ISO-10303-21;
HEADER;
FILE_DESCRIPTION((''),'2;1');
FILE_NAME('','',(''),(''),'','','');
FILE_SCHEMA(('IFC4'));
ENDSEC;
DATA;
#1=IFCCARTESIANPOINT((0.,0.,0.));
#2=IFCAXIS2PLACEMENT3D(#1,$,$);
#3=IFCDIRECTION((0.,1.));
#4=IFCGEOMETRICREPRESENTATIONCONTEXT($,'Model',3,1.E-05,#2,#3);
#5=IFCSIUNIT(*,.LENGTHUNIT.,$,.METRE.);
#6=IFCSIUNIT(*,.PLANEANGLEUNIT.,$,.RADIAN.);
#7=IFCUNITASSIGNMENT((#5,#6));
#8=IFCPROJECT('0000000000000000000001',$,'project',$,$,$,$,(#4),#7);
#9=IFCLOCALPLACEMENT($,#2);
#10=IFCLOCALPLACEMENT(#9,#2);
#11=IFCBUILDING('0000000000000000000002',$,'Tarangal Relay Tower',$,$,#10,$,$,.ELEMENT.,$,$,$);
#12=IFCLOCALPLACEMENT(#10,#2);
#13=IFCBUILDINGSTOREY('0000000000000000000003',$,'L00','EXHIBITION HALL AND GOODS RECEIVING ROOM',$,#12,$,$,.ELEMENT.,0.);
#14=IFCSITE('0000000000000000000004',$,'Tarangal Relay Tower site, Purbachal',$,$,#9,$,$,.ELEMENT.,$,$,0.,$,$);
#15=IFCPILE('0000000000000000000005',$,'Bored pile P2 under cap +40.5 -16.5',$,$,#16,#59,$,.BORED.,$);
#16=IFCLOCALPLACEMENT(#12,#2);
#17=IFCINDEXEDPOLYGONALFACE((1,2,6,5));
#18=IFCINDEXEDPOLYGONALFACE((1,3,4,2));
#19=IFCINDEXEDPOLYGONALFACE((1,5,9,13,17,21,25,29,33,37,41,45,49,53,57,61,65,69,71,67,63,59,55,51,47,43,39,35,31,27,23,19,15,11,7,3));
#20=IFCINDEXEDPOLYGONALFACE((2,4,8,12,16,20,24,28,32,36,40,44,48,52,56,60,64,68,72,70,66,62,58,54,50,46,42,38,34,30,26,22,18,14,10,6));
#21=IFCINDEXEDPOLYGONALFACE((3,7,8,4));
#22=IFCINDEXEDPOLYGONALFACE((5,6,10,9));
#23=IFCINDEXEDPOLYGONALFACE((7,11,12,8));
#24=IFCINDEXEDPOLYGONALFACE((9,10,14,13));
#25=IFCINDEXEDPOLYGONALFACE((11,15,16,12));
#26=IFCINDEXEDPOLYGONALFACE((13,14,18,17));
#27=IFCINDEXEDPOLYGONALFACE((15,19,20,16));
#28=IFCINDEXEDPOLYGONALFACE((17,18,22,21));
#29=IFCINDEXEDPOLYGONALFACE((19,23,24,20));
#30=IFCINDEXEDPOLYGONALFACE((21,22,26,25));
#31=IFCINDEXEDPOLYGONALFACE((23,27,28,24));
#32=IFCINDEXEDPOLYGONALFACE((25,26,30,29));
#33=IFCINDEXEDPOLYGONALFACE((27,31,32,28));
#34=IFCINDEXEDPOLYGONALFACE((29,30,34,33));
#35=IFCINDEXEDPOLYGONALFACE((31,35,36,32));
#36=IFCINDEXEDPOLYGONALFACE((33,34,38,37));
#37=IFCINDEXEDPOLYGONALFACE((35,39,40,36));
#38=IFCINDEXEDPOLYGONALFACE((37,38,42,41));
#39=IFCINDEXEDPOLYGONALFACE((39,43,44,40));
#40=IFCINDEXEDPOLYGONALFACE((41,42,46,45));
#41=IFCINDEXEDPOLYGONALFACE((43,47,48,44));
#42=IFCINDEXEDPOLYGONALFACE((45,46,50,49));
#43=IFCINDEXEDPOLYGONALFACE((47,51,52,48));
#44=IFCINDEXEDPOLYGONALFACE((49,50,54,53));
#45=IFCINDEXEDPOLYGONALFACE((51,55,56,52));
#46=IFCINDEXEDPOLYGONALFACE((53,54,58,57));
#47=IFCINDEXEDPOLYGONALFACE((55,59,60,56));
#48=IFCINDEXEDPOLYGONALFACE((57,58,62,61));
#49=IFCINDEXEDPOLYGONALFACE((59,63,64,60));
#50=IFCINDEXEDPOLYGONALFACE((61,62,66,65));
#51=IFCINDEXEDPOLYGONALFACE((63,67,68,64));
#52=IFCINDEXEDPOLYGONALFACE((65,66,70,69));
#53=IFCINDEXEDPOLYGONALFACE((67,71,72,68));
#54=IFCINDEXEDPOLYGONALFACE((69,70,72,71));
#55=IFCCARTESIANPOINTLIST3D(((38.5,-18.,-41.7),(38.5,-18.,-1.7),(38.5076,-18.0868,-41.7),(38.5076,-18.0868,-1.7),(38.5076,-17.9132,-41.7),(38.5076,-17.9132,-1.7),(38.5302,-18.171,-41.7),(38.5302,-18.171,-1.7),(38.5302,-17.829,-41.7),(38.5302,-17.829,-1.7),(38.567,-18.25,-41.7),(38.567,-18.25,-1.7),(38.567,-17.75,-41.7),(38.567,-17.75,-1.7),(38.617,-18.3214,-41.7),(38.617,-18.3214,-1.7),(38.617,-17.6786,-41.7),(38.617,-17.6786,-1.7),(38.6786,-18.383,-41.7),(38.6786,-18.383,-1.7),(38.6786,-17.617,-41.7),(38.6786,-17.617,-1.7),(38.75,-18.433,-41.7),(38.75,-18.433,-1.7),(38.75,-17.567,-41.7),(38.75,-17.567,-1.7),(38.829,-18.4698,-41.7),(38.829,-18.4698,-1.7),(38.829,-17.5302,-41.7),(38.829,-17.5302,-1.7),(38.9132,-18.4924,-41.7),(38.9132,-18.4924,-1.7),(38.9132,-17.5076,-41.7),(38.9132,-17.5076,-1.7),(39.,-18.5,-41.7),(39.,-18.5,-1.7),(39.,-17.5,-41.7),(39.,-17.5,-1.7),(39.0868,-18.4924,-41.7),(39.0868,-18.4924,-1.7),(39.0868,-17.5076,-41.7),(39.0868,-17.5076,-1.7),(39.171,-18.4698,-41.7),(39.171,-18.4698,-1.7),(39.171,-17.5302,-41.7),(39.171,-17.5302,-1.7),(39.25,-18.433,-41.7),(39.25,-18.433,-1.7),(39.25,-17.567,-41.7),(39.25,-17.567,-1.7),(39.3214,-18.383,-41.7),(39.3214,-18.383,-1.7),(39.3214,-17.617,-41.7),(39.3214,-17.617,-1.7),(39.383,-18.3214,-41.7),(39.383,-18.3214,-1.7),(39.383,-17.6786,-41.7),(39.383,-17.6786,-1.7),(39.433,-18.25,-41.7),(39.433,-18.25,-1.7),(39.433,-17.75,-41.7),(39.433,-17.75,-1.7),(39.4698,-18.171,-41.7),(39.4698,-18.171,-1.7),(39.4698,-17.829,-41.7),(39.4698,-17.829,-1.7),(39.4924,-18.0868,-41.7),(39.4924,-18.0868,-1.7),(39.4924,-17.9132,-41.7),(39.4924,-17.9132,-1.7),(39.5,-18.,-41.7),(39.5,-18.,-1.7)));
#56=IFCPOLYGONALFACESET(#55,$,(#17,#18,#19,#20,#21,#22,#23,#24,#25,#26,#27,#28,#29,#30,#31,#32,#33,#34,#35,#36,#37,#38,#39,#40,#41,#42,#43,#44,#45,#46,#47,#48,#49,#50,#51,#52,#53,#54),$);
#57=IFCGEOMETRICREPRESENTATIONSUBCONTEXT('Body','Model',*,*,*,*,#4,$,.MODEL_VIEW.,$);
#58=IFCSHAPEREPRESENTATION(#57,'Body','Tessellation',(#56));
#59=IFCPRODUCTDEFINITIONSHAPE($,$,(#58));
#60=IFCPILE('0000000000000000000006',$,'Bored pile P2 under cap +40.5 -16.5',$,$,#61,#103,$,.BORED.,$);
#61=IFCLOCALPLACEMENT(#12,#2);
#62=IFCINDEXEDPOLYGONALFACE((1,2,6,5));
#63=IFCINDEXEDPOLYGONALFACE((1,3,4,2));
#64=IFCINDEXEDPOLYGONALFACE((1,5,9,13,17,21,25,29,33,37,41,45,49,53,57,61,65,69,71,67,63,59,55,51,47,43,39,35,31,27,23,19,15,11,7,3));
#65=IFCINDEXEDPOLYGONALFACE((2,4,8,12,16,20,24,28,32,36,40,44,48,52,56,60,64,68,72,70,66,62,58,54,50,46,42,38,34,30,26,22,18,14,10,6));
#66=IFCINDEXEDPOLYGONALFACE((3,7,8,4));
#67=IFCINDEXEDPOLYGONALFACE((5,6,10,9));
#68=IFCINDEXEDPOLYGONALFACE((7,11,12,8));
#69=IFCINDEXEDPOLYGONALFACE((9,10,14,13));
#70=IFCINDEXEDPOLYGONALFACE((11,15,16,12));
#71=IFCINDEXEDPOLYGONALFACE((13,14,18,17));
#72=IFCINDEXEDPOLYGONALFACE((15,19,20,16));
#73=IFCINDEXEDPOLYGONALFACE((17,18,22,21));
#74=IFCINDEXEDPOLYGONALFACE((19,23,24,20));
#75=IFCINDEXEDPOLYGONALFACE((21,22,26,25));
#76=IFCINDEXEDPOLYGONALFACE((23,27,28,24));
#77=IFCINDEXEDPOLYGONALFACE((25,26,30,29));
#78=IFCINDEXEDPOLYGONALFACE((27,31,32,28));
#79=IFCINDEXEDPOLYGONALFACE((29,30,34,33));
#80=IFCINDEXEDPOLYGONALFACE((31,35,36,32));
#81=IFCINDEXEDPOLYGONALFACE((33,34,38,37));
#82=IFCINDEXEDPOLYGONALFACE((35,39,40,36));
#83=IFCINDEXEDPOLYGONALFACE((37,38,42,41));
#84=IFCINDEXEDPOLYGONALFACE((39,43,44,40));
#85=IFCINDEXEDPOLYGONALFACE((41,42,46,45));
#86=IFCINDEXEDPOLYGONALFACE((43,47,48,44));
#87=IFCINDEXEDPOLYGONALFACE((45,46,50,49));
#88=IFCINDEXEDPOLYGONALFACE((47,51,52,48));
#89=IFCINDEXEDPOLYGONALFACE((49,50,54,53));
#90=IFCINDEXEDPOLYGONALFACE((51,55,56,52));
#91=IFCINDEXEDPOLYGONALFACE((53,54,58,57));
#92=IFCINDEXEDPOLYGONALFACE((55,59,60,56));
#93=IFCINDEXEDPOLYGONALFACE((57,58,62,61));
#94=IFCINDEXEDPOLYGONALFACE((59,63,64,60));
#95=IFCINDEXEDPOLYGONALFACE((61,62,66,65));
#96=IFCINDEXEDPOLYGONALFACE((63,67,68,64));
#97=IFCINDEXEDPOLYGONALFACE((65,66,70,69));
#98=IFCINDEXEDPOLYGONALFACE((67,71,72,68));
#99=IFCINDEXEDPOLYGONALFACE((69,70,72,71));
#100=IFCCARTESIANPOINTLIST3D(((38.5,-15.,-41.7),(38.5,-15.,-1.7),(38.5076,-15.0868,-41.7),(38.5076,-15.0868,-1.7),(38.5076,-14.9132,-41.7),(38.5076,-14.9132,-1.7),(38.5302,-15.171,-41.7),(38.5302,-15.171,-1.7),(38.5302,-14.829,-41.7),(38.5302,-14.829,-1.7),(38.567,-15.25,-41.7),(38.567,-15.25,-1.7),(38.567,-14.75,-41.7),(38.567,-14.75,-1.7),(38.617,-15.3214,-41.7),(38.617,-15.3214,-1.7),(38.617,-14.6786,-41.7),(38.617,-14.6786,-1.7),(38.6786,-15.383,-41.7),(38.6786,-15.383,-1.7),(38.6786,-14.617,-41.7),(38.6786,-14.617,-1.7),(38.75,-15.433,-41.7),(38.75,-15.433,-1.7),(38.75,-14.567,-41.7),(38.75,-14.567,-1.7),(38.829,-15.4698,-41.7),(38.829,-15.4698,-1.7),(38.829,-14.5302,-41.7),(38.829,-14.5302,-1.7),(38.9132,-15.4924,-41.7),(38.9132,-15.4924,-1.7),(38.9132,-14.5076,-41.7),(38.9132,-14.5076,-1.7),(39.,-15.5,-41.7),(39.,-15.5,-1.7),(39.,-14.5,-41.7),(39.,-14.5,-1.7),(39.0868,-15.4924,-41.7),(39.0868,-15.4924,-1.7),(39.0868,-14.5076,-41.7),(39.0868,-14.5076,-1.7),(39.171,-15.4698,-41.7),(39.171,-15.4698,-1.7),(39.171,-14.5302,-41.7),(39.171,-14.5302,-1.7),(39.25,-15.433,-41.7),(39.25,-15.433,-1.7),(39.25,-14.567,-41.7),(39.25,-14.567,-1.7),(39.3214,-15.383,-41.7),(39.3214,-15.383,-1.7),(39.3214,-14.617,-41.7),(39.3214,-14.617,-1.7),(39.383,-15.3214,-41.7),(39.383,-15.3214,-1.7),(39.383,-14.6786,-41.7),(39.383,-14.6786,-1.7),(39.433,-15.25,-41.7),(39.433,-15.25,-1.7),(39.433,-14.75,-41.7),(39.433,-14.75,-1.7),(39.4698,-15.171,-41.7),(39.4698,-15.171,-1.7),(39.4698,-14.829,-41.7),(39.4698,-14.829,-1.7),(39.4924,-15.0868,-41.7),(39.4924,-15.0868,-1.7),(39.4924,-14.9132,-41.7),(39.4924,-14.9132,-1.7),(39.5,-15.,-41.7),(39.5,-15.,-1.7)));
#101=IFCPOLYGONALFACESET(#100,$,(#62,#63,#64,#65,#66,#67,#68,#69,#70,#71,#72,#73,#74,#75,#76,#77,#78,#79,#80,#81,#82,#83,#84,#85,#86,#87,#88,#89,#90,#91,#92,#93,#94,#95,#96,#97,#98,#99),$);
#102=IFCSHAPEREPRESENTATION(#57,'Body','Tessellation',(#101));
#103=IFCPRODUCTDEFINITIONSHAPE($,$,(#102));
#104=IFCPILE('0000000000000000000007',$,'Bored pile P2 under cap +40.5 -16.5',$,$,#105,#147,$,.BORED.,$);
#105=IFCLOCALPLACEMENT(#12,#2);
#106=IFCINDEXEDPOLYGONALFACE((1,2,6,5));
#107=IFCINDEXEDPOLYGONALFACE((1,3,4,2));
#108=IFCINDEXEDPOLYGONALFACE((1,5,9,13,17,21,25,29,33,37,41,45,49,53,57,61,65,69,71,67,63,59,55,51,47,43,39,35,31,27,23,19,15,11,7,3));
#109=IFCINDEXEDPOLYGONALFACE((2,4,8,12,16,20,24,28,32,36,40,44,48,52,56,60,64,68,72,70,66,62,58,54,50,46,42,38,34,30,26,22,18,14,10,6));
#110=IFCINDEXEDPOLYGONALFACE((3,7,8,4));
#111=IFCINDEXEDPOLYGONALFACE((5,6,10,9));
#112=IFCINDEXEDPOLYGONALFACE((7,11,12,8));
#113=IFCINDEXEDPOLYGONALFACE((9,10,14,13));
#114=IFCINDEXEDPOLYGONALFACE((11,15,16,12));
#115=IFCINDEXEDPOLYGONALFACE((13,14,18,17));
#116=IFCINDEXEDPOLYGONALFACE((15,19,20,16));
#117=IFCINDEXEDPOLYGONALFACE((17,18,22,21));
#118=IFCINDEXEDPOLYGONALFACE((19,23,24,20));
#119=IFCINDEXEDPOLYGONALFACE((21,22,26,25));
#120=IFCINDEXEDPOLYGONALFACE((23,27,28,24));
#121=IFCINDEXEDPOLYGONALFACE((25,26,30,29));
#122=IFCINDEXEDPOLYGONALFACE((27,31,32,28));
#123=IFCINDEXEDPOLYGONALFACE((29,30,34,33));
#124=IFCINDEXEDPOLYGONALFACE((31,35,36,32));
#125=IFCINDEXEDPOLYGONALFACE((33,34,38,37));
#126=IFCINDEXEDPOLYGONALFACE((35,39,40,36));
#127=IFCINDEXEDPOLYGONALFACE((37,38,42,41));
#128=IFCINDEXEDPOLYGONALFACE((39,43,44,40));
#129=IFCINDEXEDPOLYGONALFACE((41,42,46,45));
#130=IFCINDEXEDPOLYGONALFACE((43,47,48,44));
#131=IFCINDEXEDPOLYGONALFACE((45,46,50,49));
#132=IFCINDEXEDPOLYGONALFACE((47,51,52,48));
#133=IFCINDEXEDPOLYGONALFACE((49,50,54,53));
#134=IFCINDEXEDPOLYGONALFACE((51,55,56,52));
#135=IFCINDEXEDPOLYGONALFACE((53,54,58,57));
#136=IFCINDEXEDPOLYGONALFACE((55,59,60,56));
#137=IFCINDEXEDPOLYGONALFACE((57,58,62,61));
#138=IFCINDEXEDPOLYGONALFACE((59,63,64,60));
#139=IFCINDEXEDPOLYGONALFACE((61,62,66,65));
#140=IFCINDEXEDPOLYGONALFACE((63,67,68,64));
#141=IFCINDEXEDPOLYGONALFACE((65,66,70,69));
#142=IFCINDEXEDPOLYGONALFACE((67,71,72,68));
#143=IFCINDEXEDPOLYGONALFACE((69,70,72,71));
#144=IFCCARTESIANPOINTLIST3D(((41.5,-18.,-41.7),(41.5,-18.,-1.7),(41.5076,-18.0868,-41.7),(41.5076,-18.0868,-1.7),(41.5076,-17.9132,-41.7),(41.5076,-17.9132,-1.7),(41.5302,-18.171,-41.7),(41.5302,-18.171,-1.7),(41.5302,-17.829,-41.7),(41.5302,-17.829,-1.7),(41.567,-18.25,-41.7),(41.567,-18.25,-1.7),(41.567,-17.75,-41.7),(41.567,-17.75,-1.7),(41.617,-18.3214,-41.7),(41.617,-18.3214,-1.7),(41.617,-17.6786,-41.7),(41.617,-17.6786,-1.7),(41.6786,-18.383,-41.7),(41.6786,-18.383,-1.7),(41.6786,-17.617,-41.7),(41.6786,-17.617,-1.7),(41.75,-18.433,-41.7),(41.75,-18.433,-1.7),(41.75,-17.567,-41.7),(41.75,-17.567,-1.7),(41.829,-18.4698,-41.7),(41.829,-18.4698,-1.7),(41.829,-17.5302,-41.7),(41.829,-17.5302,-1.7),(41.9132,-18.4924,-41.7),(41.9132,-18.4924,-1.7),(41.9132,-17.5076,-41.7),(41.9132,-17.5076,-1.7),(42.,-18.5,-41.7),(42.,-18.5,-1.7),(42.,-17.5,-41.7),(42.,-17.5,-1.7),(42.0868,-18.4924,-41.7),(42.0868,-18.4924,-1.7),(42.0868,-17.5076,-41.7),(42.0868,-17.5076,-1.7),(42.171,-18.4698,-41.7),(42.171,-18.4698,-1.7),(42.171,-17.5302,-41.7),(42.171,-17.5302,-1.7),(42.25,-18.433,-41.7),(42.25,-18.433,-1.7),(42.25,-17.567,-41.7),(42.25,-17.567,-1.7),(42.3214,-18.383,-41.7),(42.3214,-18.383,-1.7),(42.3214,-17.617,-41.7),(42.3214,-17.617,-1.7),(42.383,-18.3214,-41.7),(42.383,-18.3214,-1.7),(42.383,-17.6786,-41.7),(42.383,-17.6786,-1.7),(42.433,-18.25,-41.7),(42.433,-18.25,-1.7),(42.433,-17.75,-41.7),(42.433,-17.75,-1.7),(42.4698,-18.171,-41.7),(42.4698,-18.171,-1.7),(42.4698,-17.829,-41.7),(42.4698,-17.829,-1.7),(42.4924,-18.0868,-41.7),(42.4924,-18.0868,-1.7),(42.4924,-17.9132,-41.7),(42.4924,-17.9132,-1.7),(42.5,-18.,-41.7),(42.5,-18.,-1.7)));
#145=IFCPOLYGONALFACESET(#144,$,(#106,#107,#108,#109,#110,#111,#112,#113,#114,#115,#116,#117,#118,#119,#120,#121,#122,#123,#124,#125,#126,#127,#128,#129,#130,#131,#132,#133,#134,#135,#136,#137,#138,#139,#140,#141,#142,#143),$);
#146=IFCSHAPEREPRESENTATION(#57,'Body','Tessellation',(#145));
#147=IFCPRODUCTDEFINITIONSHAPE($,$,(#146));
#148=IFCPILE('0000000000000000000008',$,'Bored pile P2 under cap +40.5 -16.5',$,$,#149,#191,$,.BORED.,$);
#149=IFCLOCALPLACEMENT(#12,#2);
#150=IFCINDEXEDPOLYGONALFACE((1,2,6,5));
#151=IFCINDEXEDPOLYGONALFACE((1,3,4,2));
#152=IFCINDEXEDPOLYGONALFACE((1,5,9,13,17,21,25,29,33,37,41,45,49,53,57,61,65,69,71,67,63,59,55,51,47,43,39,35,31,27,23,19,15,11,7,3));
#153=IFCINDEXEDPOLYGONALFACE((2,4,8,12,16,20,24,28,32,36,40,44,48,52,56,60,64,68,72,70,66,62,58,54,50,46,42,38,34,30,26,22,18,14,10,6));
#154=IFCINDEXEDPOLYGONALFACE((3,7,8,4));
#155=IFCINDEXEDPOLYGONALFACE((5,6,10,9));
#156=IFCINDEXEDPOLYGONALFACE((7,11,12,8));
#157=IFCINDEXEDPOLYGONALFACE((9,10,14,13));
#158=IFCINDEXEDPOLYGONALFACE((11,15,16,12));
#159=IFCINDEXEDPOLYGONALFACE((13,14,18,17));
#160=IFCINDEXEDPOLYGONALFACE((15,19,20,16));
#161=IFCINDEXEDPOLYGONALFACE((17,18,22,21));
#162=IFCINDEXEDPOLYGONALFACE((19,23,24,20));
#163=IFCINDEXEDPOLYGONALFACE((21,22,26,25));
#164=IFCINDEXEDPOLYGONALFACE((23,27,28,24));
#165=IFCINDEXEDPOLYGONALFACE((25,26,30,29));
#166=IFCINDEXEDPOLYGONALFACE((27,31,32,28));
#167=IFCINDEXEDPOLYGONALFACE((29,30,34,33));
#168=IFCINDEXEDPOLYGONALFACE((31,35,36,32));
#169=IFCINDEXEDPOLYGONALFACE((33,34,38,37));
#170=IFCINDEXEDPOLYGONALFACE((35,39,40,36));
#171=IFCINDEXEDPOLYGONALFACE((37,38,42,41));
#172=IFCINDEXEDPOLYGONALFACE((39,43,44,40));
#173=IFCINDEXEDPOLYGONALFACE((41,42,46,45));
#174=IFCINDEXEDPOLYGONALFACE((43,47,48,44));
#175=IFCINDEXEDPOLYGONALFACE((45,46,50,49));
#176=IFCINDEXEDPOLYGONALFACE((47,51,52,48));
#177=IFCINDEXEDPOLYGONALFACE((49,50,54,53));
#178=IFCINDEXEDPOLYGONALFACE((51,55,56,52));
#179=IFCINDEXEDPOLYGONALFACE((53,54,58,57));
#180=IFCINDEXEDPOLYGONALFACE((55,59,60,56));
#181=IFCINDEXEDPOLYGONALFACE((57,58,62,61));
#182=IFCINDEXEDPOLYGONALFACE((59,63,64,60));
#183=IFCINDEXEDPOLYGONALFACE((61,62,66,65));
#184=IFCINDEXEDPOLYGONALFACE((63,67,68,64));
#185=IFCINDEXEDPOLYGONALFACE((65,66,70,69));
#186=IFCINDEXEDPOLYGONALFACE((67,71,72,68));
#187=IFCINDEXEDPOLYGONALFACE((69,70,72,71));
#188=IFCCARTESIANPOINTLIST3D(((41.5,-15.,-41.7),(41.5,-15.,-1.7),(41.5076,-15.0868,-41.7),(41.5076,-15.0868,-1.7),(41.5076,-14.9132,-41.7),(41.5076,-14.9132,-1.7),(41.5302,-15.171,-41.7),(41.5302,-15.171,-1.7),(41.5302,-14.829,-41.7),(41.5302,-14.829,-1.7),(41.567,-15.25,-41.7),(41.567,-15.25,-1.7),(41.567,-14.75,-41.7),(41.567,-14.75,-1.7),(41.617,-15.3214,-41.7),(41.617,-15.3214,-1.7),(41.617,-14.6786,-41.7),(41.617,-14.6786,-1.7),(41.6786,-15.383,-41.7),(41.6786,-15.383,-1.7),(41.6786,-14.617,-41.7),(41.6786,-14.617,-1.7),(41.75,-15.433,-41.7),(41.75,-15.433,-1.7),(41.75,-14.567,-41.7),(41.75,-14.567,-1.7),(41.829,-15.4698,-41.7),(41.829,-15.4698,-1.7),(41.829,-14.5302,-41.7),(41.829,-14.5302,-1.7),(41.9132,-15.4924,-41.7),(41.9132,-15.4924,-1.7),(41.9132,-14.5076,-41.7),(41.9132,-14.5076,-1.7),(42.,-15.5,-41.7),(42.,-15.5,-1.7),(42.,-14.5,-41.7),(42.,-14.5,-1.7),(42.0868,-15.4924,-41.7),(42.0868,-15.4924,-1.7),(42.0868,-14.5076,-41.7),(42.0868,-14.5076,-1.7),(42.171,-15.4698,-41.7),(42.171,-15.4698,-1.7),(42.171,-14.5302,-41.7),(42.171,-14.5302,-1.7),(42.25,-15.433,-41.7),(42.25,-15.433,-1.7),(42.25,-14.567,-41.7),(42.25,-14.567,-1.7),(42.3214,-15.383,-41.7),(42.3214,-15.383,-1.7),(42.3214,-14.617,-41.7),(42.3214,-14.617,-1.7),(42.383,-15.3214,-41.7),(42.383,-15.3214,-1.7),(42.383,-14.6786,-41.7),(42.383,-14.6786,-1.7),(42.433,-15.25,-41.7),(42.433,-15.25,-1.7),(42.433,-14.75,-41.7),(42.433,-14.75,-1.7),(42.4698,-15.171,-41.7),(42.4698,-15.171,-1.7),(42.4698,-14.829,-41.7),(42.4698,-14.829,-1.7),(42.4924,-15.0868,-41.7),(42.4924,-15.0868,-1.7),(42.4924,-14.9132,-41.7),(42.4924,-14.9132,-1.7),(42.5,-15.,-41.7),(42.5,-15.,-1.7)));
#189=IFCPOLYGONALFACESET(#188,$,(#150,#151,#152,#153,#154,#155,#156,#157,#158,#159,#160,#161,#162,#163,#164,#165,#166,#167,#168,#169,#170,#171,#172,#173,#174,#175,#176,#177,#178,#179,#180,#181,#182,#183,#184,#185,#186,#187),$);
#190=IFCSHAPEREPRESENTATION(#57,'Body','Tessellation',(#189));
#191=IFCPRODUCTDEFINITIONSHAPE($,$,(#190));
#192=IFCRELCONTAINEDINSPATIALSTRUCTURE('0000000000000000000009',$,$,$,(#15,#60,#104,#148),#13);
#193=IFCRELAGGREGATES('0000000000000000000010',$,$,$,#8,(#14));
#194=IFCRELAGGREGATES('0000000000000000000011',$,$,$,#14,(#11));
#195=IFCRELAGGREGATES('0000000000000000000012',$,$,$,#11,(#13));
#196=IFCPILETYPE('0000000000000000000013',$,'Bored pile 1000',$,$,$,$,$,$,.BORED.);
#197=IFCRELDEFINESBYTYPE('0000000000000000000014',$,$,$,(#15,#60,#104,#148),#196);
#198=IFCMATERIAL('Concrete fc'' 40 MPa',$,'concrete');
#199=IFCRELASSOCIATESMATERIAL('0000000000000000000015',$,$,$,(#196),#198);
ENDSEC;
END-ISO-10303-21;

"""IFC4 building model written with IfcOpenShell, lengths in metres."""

from ifc_helpers import new_model, si_unit, direction, frame, origin, origin_2d, place, context, subcontext, project, spatial, circle, extrude, material, material_profile, profile_set, type_object, element, save


model = new_model("IFC4")

# Units and contexts
model_context = context("Model", 3, precision=1e-05, world=origin(), true_north=direction((0.0, 1.0)))
body_context = subcontext(model_context, "Body", "Model", "MODEL_VIEW")
ifc_project = project(units=[si_unit("LENGTHUNIT", "METRE"), si_unit("PLANEANGLEUNIT", "RADIAN")], contexts=[model_context])

# Site, building, storey
site_placement = place(None, origin())
site = spatial("IfcSite", under=ifc_project, at=site_placement, Name="Tarangal Relay Tower site, Purbachal", CompositionType="ELEMENT", RefElevation=0.0)
building_placement = place(site_placement, origin())
building = spatial("IfcBuilding", under=site, at=building_placement, Name="Tarangal Relay Tower", CompositionType="ELEMENT")
storey_placement = place(building_placement, origin())
storey = spatial("IfcBuildingStorey", under=building, at=storey_placement, Name="L00", Description="EXHIBITION HALL AND GOODS RECEIVING ROOM", CompositionType="ELEMENT", Elevation=0.0)

# Piles
ifc_material_1 = material(Name="Concrete fc' 40 MPa", Category="concrete")
ifc_material_profile_1 = material_profile(ifc_material_1, circle(Radius=0.5, at=origin_2d()), Name="D1000")
ifc_profile_set_1 = profile_set([ifc_material_profile_1], Name="Concrete fc' 40 MPa")
pile_type = type_object("IfcPileType", Name="Bored pile 1000", PredefinedType="BORED", material=ifc_profile_set_1)
for number, where, z_axis, x_axis, name in (
    (1, (39.0, -18.0, -1.7), (0.0, 0.0, -1.0), (1.0, 0.0, 0.0), "Bored pile P2 under cap +40.5 -16.5"),
    (2, (39.0, -15.0, -1.7), (0.0, 0.0, -1.0), (1.0, 0.0, 0.0), "Bored pile P2 under cap +40.5 -16.5"),
    (3, (42.0, -18.0, -1.7), (0.0, 0.0, -1.0), (1.0, 0.0, 0.0), "Bored pile P2 under cap +40.5 -16.5"),
    (4, (42.0, -15.0, -1.7), (0.0, 0.0, -1.0), (1.0, 0.0, 0.0), "Bored pile P2 under cap +40.5 -16.5"),
):
    element("IfcPile", number, at=place(storey_placement, frame(where, z_axis=z_axis, x_axis=x_axis)), inside=storey, type_object=pile_type, Name=name, PredefinedType="BORED", context=body_context, shape_type="SweptSolid", body=[
        extrude(circle(Radius=0.5, at=origin_2d()), origin(), (0.0, 0.0, 1.0), 40.0),
    ])

save(model, "model.ifc")
